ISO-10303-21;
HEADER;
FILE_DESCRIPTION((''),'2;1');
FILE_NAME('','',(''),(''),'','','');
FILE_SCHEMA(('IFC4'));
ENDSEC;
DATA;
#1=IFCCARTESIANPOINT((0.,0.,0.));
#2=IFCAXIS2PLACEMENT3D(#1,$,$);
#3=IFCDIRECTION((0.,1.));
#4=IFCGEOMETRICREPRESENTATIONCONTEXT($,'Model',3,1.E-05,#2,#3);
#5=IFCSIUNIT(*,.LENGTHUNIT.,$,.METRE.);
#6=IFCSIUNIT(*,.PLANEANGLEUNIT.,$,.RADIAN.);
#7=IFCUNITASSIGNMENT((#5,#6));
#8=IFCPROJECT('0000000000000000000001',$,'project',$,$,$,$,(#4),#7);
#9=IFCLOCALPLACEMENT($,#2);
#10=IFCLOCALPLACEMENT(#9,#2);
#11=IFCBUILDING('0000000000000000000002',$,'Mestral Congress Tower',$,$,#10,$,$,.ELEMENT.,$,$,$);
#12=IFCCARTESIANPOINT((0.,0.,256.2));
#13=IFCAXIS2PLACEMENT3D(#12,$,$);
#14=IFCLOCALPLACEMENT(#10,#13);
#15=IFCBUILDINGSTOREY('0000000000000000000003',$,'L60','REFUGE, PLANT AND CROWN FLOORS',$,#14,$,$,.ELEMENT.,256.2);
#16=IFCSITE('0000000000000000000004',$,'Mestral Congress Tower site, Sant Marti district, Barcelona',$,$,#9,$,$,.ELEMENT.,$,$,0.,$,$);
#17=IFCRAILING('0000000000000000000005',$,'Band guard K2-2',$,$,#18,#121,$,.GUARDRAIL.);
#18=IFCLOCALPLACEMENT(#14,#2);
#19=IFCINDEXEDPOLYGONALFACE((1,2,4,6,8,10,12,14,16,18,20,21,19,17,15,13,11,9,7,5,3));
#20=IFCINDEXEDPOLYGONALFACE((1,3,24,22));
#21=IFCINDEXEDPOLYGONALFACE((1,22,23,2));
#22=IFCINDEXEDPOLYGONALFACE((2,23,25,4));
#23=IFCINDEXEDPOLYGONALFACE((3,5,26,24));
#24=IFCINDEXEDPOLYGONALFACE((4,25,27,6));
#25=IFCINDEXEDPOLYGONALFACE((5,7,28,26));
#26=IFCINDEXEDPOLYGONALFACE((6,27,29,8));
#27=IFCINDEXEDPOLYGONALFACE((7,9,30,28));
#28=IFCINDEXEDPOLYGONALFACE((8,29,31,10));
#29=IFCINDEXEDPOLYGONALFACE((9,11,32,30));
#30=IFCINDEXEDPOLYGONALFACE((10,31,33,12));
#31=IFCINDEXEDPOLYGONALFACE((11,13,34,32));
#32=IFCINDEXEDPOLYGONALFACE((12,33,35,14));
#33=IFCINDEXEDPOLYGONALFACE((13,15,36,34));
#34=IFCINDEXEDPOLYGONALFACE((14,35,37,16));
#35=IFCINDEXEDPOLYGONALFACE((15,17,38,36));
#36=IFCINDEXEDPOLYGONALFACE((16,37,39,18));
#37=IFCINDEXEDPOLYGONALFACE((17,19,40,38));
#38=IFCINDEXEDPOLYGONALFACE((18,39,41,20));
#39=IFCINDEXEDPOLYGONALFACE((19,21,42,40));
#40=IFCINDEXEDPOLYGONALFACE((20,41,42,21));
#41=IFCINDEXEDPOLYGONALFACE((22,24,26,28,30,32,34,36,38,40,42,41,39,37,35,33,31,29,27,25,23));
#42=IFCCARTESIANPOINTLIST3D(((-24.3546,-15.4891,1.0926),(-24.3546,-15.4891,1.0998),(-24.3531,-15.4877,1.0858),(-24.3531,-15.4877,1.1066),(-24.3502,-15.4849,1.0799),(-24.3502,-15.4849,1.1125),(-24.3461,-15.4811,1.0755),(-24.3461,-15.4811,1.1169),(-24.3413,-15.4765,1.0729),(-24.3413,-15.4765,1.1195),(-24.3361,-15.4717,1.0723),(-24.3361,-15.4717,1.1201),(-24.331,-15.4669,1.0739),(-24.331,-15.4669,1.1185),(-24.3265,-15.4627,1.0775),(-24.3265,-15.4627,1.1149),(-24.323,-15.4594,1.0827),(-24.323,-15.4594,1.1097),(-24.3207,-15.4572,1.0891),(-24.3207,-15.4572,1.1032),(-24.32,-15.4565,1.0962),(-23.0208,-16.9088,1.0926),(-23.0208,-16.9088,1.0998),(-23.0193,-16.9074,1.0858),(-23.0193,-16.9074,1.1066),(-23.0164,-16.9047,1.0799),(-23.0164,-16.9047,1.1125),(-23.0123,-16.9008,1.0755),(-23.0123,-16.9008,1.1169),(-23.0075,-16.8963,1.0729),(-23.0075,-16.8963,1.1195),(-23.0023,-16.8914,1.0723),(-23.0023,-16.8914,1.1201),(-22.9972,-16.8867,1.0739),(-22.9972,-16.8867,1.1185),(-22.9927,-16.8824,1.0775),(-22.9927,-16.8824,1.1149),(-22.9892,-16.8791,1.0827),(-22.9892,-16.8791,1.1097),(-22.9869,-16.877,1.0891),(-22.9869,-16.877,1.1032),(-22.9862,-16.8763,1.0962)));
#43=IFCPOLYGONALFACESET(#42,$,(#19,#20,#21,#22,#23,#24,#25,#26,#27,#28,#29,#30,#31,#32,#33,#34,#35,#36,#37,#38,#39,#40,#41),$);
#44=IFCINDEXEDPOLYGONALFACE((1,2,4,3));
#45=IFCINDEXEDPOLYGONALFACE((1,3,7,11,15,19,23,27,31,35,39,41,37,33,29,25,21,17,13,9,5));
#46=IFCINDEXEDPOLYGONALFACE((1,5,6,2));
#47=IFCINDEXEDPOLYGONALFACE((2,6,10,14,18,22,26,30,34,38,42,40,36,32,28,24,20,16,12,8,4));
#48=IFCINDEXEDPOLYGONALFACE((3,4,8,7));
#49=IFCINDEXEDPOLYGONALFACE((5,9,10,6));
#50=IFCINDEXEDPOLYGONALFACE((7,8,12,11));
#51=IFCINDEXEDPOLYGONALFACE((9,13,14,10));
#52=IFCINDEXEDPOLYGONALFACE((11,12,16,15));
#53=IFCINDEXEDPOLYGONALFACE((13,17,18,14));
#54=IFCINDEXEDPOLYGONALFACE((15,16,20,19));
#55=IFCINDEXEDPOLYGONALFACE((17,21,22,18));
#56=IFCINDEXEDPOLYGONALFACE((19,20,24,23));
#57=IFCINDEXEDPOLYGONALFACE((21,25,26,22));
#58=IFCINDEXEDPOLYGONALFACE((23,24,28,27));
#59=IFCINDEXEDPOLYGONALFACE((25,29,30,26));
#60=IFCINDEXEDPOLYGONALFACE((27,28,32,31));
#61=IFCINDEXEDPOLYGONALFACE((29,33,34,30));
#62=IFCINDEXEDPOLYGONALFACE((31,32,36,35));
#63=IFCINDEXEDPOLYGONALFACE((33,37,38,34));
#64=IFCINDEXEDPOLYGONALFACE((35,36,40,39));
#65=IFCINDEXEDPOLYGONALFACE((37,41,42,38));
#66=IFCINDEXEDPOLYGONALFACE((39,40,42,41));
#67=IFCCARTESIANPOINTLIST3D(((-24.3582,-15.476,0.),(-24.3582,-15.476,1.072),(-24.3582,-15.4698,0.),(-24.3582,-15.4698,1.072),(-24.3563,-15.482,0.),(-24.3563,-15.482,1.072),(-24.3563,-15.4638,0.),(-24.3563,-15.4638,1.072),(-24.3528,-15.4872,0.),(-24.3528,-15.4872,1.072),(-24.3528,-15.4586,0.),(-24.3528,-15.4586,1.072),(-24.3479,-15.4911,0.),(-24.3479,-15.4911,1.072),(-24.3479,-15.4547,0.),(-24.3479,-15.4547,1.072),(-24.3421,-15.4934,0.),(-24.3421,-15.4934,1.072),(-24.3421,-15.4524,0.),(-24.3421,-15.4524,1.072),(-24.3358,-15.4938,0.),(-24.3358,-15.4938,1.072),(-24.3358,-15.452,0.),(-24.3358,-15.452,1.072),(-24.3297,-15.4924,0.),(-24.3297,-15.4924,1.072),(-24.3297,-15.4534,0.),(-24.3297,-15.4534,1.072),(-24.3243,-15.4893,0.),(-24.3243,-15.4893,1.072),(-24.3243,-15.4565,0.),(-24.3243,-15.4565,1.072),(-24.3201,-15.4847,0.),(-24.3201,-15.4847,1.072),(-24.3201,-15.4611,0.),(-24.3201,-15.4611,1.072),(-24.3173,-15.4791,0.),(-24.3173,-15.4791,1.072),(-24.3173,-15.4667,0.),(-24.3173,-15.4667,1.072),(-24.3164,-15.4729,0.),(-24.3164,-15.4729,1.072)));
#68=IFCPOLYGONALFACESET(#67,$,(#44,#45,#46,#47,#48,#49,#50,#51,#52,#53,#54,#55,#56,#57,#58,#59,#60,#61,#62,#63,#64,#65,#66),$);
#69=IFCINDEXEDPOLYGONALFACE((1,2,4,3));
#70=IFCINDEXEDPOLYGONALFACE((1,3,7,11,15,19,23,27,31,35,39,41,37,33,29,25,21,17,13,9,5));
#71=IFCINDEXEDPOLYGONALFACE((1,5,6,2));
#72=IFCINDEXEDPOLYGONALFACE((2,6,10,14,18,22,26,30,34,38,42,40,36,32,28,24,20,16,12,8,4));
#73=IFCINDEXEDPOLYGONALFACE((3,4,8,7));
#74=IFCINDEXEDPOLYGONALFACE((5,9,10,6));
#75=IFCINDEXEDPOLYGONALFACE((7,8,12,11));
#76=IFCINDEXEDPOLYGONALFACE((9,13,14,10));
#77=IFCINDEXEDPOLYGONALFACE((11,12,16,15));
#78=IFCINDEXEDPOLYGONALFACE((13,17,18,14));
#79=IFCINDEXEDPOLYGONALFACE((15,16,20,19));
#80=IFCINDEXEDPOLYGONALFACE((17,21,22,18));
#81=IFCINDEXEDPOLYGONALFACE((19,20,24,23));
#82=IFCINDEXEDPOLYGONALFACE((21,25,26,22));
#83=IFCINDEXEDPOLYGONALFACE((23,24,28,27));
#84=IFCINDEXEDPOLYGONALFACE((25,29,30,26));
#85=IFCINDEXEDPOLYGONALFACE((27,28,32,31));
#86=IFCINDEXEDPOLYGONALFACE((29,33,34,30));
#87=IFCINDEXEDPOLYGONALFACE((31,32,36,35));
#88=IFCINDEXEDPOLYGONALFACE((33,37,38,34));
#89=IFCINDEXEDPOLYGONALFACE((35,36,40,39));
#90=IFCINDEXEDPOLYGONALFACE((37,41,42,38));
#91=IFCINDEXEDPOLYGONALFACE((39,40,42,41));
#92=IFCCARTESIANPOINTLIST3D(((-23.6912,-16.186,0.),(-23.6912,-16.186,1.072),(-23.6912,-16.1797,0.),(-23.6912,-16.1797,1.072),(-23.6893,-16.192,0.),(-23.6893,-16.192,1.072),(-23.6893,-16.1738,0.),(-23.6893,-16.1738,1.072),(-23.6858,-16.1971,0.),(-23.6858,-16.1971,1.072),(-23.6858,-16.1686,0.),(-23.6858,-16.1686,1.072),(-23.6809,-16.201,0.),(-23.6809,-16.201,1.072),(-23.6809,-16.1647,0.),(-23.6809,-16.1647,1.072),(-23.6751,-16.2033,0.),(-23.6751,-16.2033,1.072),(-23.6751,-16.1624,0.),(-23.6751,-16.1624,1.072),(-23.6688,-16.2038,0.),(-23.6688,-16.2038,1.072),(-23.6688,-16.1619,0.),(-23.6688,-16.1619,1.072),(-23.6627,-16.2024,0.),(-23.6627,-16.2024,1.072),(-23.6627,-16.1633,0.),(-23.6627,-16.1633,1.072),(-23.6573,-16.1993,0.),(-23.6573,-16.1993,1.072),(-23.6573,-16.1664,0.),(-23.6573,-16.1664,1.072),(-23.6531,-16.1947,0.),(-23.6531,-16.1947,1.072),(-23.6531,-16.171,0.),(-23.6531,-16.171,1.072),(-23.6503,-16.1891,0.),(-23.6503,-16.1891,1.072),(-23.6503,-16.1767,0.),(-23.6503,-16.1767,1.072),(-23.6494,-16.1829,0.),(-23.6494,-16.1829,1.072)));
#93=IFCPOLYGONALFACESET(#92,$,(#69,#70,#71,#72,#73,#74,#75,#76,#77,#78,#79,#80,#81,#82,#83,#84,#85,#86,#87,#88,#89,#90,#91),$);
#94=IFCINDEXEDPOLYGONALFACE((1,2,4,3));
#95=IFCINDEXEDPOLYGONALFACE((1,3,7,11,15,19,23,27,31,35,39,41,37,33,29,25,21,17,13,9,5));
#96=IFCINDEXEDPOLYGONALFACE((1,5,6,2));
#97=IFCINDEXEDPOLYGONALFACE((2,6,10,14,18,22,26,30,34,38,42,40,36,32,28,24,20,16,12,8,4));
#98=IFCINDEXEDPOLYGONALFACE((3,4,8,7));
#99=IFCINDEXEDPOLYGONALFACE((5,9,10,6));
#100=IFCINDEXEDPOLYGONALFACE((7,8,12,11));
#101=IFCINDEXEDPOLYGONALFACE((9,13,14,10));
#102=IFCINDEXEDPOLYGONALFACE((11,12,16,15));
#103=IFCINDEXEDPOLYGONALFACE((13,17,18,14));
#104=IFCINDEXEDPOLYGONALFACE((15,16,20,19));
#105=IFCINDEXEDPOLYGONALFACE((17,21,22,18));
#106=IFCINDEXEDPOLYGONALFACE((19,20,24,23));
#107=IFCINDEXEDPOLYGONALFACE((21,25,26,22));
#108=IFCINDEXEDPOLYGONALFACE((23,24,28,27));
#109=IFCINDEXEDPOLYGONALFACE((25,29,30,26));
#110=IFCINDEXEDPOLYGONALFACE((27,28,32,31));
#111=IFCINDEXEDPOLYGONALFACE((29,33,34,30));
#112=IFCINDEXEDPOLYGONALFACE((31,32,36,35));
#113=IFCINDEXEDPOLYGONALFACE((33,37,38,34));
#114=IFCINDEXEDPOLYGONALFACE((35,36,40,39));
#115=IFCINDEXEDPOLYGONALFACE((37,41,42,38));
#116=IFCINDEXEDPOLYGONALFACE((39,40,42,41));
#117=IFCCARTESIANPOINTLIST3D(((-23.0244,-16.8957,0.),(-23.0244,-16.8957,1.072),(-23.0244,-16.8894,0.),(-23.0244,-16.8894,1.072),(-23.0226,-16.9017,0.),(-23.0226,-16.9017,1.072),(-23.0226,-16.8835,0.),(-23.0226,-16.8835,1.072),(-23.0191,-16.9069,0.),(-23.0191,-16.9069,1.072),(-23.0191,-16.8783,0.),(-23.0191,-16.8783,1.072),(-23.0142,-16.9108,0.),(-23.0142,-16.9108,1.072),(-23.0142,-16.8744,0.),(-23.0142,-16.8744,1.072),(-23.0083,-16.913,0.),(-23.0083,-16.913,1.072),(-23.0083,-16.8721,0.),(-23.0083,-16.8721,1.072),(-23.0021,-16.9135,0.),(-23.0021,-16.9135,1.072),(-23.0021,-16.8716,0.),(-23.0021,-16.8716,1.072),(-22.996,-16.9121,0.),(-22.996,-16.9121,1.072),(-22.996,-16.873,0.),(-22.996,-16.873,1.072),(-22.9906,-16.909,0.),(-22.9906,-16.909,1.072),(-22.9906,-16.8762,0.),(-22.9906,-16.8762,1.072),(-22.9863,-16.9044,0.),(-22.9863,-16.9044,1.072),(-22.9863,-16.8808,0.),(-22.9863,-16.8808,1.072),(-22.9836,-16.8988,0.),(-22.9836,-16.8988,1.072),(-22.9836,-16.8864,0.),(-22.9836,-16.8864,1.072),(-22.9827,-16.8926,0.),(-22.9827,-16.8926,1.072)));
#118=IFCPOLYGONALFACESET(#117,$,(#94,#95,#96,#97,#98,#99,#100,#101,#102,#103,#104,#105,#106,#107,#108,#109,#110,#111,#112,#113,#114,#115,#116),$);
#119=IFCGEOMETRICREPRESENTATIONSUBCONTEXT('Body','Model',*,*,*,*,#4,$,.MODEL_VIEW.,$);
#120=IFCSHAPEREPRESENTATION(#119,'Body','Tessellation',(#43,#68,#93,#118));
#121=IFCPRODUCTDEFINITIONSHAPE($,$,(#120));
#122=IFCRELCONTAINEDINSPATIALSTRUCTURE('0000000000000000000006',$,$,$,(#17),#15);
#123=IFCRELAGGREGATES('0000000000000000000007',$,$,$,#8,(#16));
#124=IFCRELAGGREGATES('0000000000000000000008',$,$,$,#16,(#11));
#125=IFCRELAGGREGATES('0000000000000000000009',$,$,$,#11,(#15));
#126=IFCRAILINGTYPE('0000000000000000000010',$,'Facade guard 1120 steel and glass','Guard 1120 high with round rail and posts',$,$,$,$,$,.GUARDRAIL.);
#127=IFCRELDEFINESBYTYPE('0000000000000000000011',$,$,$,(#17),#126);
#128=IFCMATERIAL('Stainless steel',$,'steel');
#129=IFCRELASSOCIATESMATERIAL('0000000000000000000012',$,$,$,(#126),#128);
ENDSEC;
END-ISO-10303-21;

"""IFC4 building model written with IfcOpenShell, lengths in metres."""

from ifc_helpers import new_model, si_unit, direction, frame, origin, origin_2d, place, context, subcontext, project, spatial, circle, extrude, material, type_object, element, save


model = new_model("IFC4")

# Units and contexts
model_context = context("Model", 3, precision=1e-05, world=origin(), true_north=direction((0.0, 1.0)))
body_context = subcontext(model_context, "Body", "Model", "MODEL_VIEW")
ifc_project = project(units=[si_unit("LENGTHUNIT", "METRE"), si_unit("PLANEANGLEUNIT", "RADIAN")], contexts=[model_context])

# Site, building, storey
site_placement = place(None, origin())
site = spatial("IfcSite", under=ifc_project, at=site_placement, Name="Mestral Congress Tower site, Sant Marti district, Barcelona", CompositionType="ELEMENT", RefElevation=0.0)
building_placement = place(site_placement, origin())
building = spatial("IfcBuilding", under=site, at=building_placement, Name="Mestral Congress Tower", CompositionType="ELEMENT")
storey_placement = place(building_placement, frame((0.0, 0.0, 256.2)))
storey = spatial("IfcBuildingStorey", under=building, at=storey_placement, Name="L60", Description="REFUGE, PLANT AND CROWN FLOORS", CompositionType="ELEMENT", Elevation=256.2)

# Railing
ifc_material_1 = material(Name="Stainless steel", Category="steel")
railing_type = type_object("IfcRailingType", Name="Facade guard 1120 steel and glass", Description="Guard 1120 high with round rail and posts", PredefinedType="GUARDRAIL", material=ifc_material_1)
railing_1_placement = place(storey_placement, frame((-24.3374, -15.4729, 0.0)))
element("IfcRailing", 1, at=railing_1_placement, inside=storey, type_object=railing_type, Name="Band guard K2-2", PredefinedType="GUARDRAIL", context=body_context, shape_type="SweptSolid", body=[
    extrude(circle(Radius=0.0239, at=origin_2d()), frame((0.0, 0.0, 1.0962), z_axis=(0.684704, -0.728822, 0.0), x_axis=(0.728822, 0.684704, 0.0)), (0.0, 0.0, 1.0), 1.948),
    extrude(circle(Radius=0.021, at=origin_2d()), origin(), (0.0, 0.0, 1.0), 1.072),
    extrude(circle(Radius=0.021, at=origin_2d()), frame((0.667, -0.71, 0.0)), (0.0, 0.0, 1.0), 1.072),
    extrude(circle(Radius=0.021, at=origin_2d()), frame((1.3337, -1.4197, 0.0)), (0.0, 0.0, 1.0), 1.072),
])

save(model, "model.ifc")
